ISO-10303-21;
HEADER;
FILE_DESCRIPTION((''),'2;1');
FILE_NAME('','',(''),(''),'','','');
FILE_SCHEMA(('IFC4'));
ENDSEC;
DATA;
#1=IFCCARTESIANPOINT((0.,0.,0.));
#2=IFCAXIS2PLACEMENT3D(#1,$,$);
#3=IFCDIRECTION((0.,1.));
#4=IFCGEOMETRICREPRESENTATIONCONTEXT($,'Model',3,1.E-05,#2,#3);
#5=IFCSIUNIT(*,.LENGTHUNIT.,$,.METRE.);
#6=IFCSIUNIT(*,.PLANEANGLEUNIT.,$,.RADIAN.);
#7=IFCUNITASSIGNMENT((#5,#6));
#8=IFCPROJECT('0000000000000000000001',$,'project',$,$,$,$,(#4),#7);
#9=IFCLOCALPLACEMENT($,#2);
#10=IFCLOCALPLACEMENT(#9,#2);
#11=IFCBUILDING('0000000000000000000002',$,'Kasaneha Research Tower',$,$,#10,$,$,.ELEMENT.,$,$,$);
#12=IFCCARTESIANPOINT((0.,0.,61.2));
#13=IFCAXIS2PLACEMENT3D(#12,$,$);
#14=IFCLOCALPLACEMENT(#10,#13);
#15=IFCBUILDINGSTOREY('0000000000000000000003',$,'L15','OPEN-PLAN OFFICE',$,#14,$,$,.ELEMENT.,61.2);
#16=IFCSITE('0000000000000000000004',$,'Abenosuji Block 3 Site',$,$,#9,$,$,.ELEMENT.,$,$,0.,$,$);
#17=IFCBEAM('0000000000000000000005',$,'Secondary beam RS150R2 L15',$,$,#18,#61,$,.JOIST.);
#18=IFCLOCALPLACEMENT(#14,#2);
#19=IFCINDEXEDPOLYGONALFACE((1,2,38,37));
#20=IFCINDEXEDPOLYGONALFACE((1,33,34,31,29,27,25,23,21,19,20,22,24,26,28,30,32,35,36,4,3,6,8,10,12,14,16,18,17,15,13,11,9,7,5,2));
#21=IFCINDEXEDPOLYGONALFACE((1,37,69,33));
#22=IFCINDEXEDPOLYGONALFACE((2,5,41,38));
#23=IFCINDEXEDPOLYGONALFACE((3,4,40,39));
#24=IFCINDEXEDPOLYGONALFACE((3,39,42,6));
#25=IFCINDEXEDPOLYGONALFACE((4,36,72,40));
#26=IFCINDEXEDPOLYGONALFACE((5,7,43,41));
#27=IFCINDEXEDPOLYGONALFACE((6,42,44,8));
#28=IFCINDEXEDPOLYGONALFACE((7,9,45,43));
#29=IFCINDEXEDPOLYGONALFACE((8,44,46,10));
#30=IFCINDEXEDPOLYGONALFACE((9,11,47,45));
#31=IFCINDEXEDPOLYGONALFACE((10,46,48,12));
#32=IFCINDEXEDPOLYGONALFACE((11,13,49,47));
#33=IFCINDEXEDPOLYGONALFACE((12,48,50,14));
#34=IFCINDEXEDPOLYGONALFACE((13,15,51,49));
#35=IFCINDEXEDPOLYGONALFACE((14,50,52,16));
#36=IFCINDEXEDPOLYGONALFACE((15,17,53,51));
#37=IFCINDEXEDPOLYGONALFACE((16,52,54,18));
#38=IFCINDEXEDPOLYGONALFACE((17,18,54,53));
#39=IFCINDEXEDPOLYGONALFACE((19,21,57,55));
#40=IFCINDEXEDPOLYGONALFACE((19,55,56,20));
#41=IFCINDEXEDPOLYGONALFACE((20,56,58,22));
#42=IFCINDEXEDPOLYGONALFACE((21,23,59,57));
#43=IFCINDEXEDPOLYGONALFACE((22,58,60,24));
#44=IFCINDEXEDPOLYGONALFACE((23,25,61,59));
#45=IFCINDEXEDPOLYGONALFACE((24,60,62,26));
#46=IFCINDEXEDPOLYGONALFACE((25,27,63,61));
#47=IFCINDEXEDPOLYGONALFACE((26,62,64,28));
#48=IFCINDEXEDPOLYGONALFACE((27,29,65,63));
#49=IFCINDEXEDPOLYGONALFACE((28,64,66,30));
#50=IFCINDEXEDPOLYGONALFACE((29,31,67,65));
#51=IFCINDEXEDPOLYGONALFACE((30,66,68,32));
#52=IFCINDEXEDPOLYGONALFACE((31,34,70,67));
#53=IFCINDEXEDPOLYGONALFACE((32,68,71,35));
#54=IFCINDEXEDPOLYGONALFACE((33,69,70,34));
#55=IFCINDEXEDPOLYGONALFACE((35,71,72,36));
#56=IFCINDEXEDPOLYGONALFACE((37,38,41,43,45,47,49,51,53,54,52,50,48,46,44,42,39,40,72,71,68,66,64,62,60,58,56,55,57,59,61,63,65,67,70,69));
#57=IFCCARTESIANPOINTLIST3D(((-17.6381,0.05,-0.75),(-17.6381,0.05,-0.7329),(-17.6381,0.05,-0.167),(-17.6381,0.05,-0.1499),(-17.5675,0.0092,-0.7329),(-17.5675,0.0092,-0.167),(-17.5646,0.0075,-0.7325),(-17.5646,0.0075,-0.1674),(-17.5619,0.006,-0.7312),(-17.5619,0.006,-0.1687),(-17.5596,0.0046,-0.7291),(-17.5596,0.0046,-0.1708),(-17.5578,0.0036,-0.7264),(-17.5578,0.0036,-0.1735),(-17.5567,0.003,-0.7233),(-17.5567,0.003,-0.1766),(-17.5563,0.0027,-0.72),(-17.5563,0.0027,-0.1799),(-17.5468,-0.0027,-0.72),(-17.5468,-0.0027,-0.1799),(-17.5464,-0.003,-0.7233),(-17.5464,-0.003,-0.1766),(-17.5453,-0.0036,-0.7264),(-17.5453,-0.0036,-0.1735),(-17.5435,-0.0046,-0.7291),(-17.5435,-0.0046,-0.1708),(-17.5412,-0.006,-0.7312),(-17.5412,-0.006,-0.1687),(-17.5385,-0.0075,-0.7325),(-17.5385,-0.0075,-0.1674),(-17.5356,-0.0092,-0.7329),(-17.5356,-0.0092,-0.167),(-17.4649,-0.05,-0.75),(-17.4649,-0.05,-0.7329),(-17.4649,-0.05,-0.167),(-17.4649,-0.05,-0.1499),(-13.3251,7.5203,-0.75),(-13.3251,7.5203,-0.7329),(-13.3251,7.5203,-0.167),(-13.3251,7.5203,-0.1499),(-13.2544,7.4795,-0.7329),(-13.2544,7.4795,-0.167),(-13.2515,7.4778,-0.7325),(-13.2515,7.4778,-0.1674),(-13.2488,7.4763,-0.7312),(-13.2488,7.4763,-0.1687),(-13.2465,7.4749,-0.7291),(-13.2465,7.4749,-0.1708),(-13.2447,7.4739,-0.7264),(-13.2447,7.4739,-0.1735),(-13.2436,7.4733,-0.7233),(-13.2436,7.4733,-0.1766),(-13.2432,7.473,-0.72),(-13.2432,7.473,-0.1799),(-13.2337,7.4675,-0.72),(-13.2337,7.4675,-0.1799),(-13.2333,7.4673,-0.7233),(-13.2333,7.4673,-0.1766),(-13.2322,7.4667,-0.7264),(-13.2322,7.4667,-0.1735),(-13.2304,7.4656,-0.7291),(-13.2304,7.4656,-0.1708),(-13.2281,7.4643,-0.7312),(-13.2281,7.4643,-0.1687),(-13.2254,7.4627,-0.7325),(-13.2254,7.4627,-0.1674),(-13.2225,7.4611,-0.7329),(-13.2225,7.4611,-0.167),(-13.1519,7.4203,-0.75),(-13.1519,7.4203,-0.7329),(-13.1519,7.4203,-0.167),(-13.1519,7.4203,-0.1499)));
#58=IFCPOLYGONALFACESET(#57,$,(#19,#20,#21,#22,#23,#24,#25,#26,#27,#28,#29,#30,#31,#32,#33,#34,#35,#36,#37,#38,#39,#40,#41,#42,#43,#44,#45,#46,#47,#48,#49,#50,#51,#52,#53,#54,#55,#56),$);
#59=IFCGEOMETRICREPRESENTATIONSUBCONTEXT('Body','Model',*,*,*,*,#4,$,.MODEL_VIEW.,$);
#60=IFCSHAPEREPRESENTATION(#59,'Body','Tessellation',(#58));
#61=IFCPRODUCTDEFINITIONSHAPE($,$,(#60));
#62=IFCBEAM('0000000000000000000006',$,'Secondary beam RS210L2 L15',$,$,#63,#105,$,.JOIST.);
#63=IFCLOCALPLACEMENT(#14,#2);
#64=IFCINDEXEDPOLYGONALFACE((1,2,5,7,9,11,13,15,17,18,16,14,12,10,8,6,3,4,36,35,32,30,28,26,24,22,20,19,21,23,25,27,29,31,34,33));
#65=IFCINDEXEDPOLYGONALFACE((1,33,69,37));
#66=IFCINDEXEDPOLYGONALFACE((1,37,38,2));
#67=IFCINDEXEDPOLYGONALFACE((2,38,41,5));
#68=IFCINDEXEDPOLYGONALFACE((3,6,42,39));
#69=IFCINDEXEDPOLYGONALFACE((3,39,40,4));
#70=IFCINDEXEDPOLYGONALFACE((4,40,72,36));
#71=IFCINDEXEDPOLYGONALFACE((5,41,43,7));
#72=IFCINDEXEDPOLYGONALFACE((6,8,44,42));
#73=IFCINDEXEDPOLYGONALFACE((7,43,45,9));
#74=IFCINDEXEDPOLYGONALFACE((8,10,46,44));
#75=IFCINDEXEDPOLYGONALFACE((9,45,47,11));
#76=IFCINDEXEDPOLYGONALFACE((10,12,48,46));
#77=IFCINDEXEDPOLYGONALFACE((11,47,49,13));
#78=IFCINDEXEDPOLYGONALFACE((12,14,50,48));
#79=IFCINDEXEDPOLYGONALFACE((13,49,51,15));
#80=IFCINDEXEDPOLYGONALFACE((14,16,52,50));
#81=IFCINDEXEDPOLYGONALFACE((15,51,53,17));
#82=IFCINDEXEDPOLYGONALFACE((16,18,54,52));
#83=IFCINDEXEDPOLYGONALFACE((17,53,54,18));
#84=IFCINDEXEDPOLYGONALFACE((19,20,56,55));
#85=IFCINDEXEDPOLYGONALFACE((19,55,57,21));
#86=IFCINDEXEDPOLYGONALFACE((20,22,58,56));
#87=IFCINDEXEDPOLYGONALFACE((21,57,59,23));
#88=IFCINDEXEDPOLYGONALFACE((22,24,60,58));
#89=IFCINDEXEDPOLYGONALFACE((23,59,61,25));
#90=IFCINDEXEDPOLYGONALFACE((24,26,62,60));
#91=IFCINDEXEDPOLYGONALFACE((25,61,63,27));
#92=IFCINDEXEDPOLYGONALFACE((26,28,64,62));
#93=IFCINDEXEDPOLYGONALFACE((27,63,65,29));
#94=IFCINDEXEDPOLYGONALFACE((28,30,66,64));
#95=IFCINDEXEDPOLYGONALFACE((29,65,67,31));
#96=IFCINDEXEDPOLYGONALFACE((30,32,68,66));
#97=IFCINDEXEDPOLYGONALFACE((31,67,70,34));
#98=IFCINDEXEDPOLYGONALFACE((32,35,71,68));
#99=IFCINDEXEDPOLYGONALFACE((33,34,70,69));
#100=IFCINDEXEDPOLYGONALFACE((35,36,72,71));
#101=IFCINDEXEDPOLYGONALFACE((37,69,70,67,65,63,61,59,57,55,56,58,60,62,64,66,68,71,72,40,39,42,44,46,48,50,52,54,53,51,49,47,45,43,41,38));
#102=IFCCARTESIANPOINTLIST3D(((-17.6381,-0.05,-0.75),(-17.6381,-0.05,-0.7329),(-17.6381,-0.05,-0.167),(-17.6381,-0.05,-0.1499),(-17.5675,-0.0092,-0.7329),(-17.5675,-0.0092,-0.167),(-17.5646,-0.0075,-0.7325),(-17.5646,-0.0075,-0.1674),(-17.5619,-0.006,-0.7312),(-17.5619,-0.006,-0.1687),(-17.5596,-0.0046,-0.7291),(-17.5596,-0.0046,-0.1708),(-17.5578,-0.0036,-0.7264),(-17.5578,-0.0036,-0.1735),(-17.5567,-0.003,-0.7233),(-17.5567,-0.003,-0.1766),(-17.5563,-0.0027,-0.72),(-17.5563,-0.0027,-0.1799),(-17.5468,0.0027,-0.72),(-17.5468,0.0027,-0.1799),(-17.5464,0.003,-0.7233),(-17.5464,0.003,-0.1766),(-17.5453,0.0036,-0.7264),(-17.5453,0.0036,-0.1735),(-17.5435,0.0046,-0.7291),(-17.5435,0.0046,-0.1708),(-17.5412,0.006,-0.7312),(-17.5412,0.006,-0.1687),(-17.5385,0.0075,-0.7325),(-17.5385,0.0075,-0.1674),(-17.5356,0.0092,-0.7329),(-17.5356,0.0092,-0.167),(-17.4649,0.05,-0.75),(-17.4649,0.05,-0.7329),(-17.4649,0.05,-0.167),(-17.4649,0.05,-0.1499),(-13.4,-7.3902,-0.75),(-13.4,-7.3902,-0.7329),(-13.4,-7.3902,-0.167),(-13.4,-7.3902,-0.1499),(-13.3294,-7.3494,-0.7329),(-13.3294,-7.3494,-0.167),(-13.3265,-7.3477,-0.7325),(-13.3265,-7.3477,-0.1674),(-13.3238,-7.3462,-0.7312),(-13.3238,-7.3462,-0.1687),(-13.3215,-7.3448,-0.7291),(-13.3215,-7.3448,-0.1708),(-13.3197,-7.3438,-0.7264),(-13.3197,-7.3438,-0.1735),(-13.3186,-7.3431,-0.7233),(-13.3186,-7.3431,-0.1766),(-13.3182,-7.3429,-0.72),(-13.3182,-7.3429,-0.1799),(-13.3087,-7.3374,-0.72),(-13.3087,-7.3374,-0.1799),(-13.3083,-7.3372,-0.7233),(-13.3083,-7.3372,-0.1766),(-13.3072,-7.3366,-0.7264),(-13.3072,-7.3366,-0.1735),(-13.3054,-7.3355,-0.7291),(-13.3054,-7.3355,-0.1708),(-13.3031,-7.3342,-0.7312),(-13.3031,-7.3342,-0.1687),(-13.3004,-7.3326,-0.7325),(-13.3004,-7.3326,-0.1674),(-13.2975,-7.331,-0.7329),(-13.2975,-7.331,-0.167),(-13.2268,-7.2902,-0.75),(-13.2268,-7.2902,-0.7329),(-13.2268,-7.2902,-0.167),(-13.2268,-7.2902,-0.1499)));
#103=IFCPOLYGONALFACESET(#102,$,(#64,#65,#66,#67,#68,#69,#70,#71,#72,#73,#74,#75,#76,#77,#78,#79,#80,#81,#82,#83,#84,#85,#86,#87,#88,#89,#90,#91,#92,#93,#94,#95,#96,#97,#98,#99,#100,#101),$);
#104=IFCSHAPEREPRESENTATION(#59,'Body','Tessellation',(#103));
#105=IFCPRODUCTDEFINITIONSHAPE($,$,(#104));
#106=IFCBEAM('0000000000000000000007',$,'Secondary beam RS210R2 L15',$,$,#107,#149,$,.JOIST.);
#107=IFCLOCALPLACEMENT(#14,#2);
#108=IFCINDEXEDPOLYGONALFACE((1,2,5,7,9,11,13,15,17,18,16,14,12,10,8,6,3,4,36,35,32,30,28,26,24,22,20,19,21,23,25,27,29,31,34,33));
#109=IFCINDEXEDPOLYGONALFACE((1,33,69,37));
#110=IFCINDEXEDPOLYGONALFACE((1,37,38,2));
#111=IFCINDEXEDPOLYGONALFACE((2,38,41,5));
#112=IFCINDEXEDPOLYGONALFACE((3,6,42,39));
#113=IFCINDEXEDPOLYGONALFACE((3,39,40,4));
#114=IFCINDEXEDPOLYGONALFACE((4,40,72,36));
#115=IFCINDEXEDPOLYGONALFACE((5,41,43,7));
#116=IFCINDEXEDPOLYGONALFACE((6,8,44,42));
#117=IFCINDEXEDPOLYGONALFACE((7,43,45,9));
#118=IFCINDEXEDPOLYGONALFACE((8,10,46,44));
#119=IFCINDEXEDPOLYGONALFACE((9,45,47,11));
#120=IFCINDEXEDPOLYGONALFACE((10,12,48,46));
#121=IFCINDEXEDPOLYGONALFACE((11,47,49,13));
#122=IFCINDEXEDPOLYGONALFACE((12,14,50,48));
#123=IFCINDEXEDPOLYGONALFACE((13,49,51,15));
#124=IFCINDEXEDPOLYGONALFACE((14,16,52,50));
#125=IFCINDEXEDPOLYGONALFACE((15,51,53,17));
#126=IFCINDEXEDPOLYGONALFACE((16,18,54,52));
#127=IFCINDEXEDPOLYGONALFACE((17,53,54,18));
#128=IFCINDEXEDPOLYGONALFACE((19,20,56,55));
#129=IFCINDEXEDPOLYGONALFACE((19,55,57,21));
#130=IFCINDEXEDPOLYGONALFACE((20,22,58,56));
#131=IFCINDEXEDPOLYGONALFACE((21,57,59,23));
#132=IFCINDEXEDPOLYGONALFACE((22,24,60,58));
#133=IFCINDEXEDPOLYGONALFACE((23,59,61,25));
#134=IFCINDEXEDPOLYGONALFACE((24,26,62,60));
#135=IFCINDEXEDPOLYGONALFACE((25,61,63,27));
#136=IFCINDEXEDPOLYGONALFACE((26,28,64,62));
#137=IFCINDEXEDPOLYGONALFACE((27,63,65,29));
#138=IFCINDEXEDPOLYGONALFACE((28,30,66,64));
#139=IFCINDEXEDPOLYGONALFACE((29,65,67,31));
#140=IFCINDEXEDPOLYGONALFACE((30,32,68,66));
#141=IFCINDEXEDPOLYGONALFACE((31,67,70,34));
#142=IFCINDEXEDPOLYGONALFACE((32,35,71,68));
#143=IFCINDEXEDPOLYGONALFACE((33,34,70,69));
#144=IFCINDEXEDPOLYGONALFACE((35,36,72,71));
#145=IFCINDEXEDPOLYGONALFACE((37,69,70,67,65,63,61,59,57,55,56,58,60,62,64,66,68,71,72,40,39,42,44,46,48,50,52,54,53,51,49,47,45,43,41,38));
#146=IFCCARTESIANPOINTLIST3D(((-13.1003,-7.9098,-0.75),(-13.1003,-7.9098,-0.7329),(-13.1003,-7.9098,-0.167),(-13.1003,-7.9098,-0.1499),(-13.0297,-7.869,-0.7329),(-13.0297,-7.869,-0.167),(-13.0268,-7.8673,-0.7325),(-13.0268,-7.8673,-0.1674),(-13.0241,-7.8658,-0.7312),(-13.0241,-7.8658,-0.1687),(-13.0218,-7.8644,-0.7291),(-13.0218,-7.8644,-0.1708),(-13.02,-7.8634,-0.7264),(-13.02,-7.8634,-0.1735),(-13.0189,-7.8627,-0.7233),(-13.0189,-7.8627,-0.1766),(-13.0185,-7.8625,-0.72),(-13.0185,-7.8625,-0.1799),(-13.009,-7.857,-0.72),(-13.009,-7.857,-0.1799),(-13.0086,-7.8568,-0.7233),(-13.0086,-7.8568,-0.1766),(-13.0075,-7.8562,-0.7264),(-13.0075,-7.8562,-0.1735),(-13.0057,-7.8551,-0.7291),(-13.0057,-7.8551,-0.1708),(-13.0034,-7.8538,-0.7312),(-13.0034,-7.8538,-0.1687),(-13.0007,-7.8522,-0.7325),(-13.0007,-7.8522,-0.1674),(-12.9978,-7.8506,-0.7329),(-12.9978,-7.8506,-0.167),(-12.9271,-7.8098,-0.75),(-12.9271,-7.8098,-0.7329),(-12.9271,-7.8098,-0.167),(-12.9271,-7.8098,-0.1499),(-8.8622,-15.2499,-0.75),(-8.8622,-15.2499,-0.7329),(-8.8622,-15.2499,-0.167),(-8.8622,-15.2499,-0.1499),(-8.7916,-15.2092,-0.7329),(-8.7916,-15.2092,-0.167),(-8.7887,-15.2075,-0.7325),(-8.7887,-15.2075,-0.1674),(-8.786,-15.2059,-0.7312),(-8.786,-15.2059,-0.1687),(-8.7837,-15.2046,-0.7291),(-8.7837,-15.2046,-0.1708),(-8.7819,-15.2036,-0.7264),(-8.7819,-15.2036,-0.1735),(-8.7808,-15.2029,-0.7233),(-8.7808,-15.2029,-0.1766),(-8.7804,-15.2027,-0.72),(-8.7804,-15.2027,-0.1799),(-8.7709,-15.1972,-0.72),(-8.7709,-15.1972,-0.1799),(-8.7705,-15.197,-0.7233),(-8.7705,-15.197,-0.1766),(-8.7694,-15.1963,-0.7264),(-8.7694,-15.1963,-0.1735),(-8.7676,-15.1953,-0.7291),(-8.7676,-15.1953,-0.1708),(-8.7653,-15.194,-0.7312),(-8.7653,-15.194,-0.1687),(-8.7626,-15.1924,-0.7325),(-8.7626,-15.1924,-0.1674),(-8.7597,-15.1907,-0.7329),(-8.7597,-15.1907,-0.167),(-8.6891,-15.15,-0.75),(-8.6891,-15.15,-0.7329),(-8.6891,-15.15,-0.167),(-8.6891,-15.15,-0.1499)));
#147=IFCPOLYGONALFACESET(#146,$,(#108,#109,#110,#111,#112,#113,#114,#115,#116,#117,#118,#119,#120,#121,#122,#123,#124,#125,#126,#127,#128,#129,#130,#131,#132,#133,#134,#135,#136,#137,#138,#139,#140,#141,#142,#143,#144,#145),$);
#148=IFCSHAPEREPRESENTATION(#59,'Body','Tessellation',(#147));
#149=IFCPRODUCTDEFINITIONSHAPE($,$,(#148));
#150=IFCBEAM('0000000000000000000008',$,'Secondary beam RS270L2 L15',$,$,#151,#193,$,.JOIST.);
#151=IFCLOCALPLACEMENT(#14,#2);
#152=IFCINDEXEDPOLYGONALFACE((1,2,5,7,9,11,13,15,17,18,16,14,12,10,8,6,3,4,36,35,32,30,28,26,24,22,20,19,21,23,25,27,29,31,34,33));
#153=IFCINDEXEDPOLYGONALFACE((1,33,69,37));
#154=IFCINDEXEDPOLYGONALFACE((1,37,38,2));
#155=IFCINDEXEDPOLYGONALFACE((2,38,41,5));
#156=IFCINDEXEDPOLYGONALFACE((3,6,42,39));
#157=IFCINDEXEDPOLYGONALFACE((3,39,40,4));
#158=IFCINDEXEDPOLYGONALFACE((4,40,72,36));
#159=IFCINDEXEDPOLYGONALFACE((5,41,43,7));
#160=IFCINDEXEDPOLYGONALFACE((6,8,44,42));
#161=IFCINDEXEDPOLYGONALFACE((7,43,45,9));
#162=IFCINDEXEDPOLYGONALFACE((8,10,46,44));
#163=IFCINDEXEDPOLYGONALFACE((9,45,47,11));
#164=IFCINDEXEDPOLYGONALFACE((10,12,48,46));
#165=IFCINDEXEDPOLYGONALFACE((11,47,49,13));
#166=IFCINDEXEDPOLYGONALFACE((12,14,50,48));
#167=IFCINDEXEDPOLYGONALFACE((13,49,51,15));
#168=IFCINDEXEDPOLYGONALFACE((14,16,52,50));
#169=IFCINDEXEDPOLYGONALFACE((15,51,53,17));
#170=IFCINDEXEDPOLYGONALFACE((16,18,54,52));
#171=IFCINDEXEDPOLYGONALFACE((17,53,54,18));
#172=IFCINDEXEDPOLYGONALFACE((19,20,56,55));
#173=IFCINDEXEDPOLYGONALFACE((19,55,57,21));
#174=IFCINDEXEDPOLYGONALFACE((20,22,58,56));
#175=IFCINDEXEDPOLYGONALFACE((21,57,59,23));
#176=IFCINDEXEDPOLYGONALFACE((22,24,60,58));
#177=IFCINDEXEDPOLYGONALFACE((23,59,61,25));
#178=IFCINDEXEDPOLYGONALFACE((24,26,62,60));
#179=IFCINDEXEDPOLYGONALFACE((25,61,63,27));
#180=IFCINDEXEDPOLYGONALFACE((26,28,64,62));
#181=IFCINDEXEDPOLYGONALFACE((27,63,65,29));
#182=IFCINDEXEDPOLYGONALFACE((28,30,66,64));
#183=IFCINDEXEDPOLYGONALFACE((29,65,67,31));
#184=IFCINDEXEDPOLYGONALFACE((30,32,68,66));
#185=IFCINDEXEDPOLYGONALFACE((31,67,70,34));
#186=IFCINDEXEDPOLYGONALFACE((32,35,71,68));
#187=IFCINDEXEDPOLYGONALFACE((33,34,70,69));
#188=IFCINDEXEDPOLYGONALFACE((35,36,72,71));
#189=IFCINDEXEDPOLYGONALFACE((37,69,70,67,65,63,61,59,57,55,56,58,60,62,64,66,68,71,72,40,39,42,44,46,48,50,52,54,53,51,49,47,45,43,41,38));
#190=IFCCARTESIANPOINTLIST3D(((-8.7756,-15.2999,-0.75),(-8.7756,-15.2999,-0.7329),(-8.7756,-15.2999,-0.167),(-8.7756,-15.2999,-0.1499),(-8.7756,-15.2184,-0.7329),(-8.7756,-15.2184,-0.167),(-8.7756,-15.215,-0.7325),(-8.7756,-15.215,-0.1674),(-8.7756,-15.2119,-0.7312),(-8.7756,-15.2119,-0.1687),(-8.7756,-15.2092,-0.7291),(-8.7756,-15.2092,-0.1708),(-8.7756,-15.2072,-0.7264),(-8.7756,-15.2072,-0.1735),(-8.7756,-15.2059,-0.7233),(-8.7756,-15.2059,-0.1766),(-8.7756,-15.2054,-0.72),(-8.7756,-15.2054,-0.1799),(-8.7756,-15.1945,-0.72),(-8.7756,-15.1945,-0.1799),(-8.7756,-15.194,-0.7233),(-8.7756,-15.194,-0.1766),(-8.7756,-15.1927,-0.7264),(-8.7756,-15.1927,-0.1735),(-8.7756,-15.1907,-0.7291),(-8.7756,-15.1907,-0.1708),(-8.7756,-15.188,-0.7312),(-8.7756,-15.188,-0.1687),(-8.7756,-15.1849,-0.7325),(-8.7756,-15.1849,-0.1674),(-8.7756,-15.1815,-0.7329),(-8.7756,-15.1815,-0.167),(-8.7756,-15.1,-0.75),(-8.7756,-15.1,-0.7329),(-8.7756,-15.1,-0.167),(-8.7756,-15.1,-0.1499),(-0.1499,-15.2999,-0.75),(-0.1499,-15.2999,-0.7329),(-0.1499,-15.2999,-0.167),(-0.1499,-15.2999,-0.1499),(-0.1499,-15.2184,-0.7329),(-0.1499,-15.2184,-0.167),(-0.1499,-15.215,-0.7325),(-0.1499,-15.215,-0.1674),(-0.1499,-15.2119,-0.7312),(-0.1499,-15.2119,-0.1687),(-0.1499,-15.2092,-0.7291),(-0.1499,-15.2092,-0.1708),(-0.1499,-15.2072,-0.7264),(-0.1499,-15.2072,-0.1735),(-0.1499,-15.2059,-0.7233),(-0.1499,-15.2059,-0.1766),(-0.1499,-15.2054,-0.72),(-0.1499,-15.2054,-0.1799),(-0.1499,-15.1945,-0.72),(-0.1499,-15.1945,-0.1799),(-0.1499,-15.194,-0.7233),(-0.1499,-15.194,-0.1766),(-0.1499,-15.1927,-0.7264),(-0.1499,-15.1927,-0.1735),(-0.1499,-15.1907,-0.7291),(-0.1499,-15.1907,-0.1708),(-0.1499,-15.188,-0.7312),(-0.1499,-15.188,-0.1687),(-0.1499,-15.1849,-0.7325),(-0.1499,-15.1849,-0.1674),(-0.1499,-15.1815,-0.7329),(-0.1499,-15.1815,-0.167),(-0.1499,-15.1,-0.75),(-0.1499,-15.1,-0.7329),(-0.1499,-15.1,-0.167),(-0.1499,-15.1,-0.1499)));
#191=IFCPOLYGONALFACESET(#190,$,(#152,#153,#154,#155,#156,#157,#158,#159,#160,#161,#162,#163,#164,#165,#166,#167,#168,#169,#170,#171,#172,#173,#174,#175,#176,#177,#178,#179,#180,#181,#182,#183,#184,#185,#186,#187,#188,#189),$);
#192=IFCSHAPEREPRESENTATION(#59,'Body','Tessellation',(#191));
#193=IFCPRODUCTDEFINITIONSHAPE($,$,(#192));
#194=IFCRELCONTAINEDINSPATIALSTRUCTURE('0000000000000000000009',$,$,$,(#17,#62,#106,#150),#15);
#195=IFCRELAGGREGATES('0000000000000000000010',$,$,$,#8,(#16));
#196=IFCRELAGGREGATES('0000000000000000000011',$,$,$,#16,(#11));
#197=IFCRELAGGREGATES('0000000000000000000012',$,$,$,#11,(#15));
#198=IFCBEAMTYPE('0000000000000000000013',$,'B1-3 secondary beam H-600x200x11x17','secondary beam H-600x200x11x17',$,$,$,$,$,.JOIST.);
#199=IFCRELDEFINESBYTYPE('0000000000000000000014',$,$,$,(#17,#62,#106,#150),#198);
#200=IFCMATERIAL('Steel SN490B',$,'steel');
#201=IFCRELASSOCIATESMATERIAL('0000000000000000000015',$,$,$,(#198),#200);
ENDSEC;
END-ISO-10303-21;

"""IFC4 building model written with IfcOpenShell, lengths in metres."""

from ifc_helpers import new_model, si_unit, direction, frame, origin, origin_2d, place, context, subcontext, project, spatial, i_section, extrude, material, material_profile, profile_set, type_object, element, save


model = new_model("IFC4")

# Units and contexts
model_context = context("Model", 3, precision=1e-05, world=origin(), true_north=direction((0.0, 1.0)))
body_context = subcontext(model_context, "Body", "Model", "MODEL_VIEW")
ifc_project = project(units=[si_unit("LENGTHUNIT", "METRE"), si_unit("PLANEANGLEUNIT", "RADIAN")], contexts=[model_context])

# Site, building, storey
site_placement = place(None, origin())
site = spatial("IfcSite", under=ifc_project, at=site_placement, Name="Abenosuji Block 3 Site", CompositionType="ELEMENT", RefElevation=0.0)
building_placement = place(site_placement, origin())
building = spatial("IfcBuilding", under=site, at=building_placement, Name="Kasaneha Research Tower", CompositionType="ELEMENT")
storey_placement = place(building_placement, frame((0.0, 0.0, 61.2)))
storey = spatial("IfcBuildingStorey", under=building, at=storey_placement, Name="L15", Description="OPEN-PLAN OFFICE", CompositionType="ELEMENT", Elevation=61.2)

# Beams
ifc_material_1 = material(Name="Steel SN490B", Category="steel")
ifc_material_profile = material_profile(ifc_material_1, i_section(OverallWidth=0.2, OverallDepth=0.6001, WebThickness=0.011, FlangeThickness=0.0171, FilletRadius=0.0129, at=origin_2d()), Name="H-600x200x11x17")
ifc_profile_set = profile_set([ifc_material_profile], Name="Steel SN490B")
beam_type = type_object("IfcBeamType", Name="B1-3 secondary beam H-600x200x11x17", Description="secondary beam H-600x200x11x17", PredefinedType="JOIST", material=ifc_profile_set)
beam_1_placement = place(storey_placement, frame((-17.5515, 0.0, -0.45), z_axis=(0.500005, 0.866023, 0.0), x_axis=(-0.866023, 0.500005, 0.0)))
element("IfcBeam", 1, at=beam_1_placement, inside=storey, type_object=beam_type, Name="Secondary beam RS150R2 L15", PredefinedType="JOIST", context=body_context, shape_type="SweptSolid", body=[
    extrude(i_section(OverallWidth=0.2, OverallDepth=0.6001, WebThickness=0.011, FlangeThickness=0.0171, FilletRadius=0.0129, at=origin_2d()), origin(), (0.0, 0.0, 1.0), 8.626),
])
for number, where, z_axis, x_axis, name in (
    (2, (-17.5515, 0.0, -0.45), (0.500021, -0.866013, 0.0), (0.866013, 0.500021, 0.0), "Secondary beam RS210L2 L15"),
    (3, (-8.7756, -15.2, -0.45), (-0.500021, 0.866013, 0.0), (-0.866013, -0.500021, 0.0), "Secondary beam RS210R2 L15"),
):
    element("IfcBeam", number, at=place(storey_placement, frame(where, z_axis=z_axis, x_axis=x_axis)), inside=storey, type_object=beam_type, Name=name, PredefinedType="JOIST", context=body_context, shape_type="SweptSolid", body=[
        extrude(i_section(OverallWidth=0.2, OverallDepth=0.6001, WebThickness=0.011, FlangeThickness=0.0171, FilletRadius=0.0129, at=origin_2d()), origin(), (0.0, 0.0, 1.0), 8.4758),
    ])
beam_2_placement = place(storey_placement, frame((-8.7756, -15.2, -0.45), z_axis=(1.0, 0.0, 0.0), x_axis=(0.0, 1.0, 0.0)))
element("IfcBeam", 4, at=beam_2_placement, inside=storey, type_object=beam_type, Name="Secondary beam RS270L2 L15", PredefinedType="JOIST", context=body_context, shape_type="SweptSolid", body=[
    extrude(i_section(OverallWidth=0.2, OverallDepth=0.6001, WebThickness=0.011, FlangeThickness=0.0171, FilletRadius=0.0129, at=origin_2d()), origin(), (0.0, 0.0, 1.0), 8.6257),
])

save(model, "model.ifc")
